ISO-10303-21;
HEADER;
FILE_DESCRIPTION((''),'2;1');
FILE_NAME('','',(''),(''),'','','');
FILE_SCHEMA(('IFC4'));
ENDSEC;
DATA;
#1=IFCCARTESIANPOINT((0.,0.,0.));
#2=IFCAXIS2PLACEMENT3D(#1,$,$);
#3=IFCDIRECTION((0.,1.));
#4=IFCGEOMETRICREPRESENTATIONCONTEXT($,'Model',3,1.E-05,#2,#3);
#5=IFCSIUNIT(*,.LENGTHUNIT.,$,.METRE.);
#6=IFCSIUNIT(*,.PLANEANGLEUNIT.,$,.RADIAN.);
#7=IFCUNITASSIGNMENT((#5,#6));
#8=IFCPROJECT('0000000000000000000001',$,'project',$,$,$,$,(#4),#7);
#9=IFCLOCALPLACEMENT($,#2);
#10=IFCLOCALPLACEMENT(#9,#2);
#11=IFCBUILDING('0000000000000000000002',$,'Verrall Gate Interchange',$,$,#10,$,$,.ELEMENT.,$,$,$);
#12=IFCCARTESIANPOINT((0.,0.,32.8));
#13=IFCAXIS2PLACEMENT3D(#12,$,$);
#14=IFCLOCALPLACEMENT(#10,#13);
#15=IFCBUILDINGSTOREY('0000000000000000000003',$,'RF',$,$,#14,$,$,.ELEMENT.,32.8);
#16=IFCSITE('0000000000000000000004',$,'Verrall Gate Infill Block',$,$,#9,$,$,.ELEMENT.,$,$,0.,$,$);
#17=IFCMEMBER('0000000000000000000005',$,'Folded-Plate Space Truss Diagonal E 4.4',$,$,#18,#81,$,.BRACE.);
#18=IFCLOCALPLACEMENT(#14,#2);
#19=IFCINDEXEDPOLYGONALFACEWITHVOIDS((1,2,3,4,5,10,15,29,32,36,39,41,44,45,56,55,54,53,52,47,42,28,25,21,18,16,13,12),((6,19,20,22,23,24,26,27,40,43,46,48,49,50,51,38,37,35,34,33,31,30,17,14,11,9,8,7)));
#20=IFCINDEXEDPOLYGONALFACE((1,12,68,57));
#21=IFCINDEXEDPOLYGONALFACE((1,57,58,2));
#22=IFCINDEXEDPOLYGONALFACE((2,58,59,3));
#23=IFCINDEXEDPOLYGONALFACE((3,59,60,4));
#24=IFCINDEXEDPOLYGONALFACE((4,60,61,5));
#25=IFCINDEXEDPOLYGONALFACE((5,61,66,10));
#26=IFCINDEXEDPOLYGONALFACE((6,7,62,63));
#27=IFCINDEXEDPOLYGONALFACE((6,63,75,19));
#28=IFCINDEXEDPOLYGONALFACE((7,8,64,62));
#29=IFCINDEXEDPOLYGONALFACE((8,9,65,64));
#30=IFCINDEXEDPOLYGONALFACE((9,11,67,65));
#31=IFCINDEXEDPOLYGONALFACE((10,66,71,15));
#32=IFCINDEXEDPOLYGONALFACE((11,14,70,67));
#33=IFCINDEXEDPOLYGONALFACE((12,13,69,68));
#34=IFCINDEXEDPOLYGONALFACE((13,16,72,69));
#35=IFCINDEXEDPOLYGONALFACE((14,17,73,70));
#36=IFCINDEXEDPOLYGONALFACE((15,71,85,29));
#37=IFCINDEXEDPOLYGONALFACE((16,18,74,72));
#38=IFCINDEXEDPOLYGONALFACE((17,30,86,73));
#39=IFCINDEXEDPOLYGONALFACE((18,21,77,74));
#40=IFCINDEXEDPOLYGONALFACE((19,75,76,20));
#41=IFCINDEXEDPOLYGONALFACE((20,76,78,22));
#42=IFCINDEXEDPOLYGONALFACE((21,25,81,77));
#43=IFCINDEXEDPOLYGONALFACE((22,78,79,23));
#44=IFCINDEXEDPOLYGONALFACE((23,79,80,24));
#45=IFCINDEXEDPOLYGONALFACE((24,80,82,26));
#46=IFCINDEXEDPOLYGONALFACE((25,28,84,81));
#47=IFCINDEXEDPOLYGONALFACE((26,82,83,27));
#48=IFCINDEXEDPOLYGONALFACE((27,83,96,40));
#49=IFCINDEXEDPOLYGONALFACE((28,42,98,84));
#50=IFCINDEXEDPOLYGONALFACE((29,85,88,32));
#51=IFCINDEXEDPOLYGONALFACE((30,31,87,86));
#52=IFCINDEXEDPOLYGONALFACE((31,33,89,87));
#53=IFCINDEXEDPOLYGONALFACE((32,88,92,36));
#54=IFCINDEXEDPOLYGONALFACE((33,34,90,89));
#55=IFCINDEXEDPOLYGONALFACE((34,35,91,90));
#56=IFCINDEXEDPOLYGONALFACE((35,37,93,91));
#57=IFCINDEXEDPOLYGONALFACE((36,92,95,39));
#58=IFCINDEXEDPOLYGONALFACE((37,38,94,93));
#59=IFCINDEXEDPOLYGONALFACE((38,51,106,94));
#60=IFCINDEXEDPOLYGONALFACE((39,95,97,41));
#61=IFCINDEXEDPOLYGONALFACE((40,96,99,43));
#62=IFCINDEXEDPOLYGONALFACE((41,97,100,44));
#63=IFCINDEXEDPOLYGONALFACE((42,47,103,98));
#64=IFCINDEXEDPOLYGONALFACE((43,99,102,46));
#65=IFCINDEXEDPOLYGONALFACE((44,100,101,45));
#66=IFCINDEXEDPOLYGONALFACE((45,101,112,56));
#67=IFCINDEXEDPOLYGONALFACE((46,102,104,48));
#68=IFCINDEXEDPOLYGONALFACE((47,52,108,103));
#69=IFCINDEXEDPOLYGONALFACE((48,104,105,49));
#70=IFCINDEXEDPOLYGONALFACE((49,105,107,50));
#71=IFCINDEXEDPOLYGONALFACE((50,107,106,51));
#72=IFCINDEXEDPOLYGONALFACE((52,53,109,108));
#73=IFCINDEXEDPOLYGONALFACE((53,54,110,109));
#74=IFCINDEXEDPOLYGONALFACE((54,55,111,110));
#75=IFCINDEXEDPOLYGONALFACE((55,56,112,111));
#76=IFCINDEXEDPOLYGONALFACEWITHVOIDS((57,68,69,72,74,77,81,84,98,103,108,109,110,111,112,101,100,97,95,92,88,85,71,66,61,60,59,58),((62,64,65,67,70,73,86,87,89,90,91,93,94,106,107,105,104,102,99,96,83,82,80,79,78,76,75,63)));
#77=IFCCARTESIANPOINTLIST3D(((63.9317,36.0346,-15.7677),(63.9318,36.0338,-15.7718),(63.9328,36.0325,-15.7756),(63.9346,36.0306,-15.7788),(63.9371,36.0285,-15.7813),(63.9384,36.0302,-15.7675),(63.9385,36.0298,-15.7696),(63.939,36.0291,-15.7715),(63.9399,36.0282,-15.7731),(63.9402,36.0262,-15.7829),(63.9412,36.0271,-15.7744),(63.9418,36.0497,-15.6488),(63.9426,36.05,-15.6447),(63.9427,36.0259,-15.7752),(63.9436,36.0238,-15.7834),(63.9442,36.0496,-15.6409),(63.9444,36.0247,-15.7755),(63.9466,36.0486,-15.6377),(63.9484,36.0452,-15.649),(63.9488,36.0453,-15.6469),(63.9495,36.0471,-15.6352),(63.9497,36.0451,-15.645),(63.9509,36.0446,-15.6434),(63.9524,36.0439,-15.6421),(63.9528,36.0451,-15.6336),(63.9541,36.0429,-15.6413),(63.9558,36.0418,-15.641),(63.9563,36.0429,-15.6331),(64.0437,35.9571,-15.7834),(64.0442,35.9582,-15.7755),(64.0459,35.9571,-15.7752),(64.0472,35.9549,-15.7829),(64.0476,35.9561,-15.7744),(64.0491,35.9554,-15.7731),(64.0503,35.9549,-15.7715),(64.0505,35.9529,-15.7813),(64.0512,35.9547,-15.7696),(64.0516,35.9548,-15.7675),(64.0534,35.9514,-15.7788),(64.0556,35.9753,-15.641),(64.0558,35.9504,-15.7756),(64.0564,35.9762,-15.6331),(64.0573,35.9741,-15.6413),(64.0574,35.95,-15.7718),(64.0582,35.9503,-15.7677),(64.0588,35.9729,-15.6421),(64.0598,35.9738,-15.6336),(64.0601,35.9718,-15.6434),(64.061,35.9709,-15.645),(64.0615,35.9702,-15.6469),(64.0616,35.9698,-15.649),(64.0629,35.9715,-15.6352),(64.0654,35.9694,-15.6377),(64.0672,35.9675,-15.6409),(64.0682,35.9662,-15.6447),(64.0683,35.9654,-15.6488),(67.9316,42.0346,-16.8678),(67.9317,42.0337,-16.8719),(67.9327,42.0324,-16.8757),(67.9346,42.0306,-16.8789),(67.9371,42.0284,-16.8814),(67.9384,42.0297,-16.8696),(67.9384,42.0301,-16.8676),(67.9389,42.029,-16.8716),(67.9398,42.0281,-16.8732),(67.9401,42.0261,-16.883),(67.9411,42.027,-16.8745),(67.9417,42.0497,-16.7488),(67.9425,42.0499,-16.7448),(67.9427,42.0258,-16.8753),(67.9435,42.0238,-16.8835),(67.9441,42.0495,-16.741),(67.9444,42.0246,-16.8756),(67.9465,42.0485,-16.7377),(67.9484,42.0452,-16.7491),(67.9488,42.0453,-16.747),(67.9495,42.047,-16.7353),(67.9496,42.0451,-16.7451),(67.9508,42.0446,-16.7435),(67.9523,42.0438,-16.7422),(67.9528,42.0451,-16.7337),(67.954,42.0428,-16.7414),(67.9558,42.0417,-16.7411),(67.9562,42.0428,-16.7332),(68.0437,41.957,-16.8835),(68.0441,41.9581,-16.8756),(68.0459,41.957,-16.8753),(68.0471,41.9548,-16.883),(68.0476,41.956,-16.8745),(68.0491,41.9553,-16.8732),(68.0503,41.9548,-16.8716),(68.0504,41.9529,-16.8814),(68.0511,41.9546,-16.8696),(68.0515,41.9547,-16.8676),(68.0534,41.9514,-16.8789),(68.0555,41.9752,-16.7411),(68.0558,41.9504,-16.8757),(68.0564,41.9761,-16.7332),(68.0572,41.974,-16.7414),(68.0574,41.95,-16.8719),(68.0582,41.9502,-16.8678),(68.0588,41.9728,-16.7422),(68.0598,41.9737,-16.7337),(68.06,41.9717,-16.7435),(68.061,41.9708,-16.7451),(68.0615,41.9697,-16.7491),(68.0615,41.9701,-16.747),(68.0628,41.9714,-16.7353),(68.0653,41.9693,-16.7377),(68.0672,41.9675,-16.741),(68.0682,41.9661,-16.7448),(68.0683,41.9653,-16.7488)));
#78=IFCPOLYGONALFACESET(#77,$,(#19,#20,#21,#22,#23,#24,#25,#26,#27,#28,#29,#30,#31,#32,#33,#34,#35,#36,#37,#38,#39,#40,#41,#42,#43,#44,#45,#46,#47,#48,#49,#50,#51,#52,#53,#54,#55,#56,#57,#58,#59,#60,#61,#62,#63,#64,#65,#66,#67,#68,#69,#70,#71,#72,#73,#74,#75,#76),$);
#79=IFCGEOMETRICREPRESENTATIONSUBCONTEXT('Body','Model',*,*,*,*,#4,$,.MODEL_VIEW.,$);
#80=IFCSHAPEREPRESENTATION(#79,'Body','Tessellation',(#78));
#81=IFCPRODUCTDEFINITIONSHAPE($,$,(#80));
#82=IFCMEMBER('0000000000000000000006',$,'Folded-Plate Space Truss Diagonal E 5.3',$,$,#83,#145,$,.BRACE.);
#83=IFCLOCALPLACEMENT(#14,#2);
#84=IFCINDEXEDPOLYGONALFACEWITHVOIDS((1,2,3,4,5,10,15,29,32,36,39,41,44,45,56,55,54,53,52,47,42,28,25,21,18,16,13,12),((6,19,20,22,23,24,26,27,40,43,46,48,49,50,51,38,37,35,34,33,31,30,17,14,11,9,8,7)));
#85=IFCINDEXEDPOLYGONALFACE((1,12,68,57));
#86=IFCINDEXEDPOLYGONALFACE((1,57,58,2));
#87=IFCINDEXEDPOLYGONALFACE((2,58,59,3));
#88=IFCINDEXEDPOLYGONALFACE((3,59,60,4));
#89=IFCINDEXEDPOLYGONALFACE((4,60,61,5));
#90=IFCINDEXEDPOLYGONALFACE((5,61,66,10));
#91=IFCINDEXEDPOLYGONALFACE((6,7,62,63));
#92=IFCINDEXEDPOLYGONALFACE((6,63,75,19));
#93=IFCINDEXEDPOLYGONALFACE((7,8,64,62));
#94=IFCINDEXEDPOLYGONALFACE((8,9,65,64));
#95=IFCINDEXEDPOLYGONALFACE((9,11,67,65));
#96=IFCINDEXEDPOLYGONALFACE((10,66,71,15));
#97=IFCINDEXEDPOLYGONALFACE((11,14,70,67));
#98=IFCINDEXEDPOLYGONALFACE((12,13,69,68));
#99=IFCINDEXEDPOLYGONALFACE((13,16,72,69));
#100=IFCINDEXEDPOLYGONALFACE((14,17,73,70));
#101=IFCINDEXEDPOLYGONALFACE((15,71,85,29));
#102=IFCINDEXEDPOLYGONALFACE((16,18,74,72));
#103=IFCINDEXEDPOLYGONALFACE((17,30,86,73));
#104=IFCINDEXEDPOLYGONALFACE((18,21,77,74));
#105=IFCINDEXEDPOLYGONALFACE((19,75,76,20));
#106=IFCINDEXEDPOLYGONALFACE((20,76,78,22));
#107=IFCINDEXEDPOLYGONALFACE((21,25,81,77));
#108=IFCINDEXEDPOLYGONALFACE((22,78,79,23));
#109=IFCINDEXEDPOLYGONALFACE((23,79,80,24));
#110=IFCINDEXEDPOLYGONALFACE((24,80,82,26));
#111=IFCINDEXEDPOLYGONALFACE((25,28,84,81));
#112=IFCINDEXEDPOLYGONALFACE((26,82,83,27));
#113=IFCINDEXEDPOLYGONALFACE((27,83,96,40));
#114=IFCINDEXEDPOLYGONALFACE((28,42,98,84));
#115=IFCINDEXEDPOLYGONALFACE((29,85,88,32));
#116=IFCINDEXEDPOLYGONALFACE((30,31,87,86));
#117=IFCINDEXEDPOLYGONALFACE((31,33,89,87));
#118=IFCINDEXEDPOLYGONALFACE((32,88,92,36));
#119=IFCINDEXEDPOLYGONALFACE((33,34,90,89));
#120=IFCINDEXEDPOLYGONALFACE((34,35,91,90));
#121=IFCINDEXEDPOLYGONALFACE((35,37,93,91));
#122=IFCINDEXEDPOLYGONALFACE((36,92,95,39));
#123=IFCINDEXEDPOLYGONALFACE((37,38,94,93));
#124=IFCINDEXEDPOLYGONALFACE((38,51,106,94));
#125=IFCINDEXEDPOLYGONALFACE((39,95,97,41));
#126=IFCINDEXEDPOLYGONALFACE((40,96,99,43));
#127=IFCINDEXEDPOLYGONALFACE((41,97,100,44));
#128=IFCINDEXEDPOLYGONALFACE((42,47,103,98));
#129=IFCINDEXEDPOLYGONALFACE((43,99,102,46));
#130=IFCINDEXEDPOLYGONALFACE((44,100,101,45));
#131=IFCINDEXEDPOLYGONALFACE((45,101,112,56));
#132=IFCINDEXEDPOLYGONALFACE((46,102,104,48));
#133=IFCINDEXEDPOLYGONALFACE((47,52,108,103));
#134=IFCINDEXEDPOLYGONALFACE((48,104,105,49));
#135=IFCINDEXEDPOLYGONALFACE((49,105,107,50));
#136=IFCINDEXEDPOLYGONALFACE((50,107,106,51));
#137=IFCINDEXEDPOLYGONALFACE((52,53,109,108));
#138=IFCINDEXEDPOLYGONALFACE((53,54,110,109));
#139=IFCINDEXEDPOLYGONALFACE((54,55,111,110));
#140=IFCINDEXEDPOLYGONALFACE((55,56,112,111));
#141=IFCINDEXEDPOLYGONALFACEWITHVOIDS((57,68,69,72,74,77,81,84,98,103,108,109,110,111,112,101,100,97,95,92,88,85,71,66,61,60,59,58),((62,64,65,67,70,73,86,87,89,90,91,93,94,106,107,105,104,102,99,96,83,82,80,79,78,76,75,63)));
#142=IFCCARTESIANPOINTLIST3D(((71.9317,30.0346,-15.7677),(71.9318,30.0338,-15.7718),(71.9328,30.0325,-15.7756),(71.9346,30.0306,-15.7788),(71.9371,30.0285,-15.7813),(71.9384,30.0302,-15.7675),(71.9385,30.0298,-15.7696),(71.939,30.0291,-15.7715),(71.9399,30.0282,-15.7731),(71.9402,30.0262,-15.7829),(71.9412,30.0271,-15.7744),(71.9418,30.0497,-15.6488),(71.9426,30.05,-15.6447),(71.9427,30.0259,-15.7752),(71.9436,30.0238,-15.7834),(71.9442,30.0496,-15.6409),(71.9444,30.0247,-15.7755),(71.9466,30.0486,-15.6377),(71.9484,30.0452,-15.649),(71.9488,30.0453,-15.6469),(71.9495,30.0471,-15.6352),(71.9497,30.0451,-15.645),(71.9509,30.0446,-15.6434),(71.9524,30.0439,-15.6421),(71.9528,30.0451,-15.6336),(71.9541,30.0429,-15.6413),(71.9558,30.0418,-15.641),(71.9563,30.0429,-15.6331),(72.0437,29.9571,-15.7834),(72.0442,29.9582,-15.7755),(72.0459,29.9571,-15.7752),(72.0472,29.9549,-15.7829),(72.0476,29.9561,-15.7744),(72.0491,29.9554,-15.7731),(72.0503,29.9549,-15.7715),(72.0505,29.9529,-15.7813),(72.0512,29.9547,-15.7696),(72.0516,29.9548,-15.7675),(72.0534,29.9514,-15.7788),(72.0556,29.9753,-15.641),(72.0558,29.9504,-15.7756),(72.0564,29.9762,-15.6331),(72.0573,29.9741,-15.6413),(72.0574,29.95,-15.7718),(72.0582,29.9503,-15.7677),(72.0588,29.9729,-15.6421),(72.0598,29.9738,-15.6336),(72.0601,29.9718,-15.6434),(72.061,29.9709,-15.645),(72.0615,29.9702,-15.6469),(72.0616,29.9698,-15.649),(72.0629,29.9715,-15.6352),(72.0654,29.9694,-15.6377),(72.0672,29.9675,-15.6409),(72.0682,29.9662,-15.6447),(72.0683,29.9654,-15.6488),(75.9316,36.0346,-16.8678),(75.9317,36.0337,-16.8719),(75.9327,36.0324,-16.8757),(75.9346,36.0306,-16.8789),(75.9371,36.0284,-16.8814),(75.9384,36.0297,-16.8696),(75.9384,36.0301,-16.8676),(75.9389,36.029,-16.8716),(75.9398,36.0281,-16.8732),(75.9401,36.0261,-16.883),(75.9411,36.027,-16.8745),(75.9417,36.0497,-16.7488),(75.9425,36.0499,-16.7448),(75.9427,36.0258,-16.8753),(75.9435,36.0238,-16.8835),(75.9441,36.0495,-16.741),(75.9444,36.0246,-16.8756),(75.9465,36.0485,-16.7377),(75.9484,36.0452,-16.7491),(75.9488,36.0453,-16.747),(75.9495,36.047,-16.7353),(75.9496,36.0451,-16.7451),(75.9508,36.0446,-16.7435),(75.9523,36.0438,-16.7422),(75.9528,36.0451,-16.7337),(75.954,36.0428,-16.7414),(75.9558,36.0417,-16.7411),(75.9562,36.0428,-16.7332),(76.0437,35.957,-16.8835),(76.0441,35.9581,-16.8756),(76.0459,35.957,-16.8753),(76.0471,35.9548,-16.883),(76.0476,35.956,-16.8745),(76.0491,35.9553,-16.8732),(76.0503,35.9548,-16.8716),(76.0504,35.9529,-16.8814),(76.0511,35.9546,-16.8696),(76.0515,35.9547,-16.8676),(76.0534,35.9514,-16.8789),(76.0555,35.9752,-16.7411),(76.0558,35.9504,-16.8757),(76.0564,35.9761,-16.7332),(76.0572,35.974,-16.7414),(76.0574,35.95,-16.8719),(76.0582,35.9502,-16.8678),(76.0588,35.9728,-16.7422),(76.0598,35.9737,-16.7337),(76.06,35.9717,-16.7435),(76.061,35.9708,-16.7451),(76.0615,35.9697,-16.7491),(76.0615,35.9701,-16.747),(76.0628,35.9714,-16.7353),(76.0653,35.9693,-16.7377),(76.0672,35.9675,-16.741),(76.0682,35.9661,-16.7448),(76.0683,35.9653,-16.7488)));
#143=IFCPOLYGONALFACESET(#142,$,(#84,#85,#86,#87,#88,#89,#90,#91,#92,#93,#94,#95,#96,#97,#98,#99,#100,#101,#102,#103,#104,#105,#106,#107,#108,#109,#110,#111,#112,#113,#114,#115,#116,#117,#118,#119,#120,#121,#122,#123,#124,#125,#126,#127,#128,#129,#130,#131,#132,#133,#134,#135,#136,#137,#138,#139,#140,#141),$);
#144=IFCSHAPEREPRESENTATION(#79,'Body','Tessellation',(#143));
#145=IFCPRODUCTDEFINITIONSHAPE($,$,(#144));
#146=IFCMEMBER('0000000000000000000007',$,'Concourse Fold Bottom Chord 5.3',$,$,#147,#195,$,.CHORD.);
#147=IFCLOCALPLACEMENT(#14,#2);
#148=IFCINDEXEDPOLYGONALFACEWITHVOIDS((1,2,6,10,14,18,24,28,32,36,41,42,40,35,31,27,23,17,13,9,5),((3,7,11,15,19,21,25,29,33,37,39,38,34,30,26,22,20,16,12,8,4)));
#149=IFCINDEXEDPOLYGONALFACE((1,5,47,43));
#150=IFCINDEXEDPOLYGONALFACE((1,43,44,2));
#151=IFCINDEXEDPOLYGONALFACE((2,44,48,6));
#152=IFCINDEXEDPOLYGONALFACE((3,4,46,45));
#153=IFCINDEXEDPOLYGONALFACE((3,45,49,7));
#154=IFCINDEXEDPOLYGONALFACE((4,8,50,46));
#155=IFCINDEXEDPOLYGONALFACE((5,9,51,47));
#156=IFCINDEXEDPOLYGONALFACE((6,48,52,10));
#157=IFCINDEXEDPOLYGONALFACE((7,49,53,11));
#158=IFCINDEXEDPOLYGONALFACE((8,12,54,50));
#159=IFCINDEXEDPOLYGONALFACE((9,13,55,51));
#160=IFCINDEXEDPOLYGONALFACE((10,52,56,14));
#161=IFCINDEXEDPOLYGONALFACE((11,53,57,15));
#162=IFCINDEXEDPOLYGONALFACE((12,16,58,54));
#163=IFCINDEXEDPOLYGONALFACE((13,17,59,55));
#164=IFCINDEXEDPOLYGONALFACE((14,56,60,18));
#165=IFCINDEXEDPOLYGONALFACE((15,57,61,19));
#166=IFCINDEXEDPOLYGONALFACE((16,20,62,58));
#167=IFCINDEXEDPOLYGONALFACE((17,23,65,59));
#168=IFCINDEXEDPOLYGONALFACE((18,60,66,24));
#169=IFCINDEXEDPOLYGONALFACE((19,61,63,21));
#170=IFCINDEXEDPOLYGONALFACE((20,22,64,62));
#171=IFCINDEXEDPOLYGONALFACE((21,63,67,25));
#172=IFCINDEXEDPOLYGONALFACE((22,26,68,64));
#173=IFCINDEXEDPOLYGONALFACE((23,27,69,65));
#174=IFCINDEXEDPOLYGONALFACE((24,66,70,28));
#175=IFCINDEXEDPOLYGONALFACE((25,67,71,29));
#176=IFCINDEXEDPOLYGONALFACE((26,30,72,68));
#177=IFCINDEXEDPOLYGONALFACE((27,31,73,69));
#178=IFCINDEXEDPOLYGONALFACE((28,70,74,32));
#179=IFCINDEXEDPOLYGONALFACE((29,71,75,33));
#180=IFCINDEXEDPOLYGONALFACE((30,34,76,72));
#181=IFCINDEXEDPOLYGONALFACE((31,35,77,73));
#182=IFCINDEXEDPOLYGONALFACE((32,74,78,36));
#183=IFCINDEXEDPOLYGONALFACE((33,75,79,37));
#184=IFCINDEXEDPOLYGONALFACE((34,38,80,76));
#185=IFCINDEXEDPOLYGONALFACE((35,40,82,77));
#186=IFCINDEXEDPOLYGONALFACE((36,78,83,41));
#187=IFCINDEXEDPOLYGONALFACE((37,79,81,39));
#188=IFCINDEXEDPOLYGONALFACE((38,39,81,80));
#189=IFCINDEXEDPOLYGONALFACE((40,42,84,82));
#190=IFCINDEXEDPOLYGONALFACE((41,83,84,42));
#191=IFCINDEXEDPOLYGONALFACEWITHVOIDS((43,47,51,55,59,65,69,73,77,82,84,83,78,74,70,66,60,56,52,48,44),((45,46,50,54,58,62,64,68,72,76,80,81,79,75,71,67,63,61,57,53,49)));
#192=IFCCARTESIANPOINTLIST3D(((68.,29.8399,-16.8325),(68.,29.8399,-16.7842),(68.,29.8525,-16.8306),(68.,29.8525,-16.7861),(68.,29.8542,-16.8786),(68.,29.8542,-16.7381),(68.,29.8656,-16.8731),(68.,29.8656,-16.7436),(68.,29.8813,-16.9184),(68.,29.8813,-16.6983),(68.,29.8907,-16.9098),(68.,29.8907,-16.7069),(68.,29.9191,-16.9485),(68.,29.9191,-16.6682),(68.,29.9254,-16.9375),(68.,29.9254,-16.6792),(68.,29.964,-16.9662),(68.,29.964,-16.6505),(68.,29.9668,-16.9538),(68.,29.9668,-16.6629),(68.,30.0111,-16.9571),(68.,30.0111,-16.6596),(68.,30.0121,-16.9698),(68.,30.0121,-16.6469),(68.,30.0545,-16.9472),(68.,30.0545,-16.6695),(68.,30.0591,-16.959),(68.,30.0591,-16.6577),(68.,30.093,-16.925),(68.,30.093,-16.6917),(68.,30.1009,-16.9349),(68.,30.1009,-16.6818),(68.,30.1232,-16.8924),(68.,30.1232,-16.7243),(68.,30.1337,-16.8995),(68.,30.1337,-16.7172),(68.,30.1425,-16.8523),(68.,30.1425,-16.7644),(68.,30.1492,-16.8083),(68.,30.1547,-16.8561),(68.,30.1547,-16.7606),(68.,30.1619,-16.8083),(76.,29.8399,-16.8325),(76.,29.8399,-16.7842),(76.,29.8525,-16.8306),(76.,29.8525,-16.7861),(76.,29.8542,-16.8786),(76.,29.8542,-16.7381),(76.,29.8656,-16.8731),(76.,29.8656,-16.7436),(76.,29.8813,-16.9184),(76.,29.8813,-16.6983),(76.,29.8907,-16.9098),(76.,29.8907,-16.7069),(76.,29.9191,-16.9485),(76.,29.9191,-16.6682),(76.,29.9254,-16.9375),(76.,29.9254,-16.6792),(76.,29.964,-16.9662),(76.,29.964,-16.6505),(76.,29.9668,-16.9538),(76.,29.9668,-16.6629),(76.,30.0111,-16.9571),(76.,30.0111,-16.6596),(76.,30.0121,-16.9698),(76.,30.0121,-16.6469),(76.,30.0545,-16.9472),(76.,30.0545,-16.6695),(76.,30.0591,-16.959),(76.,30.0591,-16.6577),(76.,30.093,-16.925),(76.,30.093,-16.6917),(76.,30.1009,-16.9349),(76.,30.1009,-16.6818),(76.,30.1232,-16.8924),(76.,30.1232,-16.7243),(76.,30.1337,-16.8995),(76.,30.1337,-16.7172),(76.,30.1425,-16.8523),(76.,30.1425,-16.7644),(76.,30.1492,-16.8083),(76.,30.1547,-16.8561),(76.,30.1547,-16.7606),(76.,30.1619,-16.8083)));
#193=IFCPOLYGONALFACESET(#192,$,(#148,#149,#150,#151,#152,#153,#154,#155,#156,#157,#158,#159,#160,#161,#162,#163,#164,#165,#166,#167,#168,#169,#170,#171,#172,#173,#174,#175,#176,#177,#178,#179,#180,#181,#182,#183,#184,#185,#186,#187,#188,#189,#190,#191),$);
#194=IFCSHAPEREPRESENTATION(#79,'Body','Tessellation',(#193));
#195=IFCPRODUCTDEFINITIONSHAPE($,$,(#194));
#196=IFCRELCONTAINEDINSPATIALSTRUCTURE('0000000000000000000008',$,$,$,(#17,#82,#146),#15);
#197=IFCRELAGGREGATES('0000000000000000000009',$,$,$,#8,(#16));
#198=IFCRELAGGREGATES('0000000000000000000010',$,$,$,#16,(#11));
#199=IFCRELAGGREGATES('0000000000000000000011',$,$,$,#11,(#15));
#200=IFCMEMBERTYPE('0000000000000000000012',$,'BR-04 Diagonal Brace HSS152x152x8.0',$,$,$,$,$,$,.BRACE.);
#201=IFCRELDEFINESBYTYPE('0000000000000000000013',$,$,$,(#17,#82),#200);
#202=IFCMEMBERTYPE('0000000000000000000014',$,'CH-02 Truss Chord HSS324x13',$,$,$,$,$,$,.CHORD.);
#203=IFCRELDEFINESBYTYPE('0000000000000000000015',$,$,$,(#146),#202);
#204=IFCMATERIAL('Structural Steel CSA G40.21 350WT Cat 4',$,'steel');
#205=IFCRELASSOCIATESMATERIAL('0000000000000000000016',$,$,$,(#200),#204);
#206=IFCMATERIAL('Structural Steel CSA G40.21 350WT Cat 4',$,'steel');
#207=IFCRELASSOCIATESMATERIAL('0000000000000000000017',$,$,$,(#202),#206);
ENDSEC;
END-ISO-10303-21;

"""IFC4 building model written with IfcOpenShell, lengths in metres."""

from ifc_helpers import new_model, si_unit, direction, frame, origin, origin_2d, place, context, subcontext, project, spatial, hollow_rectangle, hollow_circle, extrude, material, material_profile, profile_set, type_object, element, save


model = new_model("IFC4")

# Units and contexts
model_context = context("Model", 3, precision=1e-05, world=origin(), true_north=direction((0.0, 1.0)))
body_context = subcontext(model_context, "Body", "Model", "MODEL_VIEW")
ifc_project = project(units=[si_unit("LENGTHUNIT", "METRE"), si_unit("PLANEANGLEUNIT", "RADIAN")], contexts=[model_context])

# Site, building, storey
site_placement = place(None, origin())
site = spatial("IfcSite", under=ifc_project, at=site_placement, Name="Verrall Gate Infill Block", CompositionType="ELEMENT", RefElevation=0.0)
building_placement = place(site_placement, origin())
building = spatial("IfcBuilding", under=site, at=building_placement, Name="Verrall Gate Interchange", CompositionType="ELEMENT")
storey_placement = place(building_placement, frame((0.0, 0.0, 32.8)))
storey = spatial("IfcBuildingStorey", under=building, at=storey_placement, Name="RF", CompositionType="ELEMENT", Elevation=32.8)

# Members
ifc_material_1 = material(Name="Structural Steel CSA G40.21 350WT Cat 4", Category="steel")
ifc_material_profile_1 = material_profile(ifc_material_1, hollow_rectangle(XDim=0.1521, YDim=0.1521, WallThickness=0.0081, InnerFilletRadius=0.0081, OuterFilletRadius=0.0159, at=origin_2d()), Name="HSS152x152x8.0")
ifc_profile_set_1 = profile_set([ifc_material_profile_1], Name="Structural Steel CSA G40.21 350WT Cat 4")
member_type_1 = type_object("IfcMemberType", Name="BR-04 Diagonal Brace HSS152x152x8.0", PredefinedType="BRACE", material=ifc_profile_set_1)
for number, where, z_axis, x_axis, name in (
    (1, (64.0, 36.0, -15.7083), (0.548356, 0.822534, -0.150811), (-0.83205, 0.5547, 0.0), "Folded-Plate Space Truss Diagonal E 4.4"),
    (2, (72.0, 30.0, -15.7083), (0.548356, 0.822534, -0.150811), (-0.83205, 0.5547, 0.0), "Folded-Plate Space Truss Diagonal E 5.3"),
):
    element("IfcMember", number, at=place(storey_placement, frame(where, z_axis=z_axis, x_axis=x_axis)), inside=storey, type_object=member_type_1, Name=name, PredefinedType="BRACE", context=body_context, shape_type="SweptSolid", body=[
        extrude(hollow_rectangle(XDim=0.1521, YDim=0.1521, WallThickness=0.0081, InnerFilletRadius=0.0081, OuterFilletRadius=0.0159, at=origin_2d()), origin(), (0.0, 0.0, 1.0), 7.2944),
    ])
ifc_material_2 = material(Name="Structural Steel CSA G40.21 350WT Cat 4", Category="steel")
ifc_material_profile_2 = material_profile(ifc_material_2, hollow_circle(Radius=0.1619, WallThickness=0.0127, at=origin_2d()), Name="HSS324x13")
ifc_profile_set_2 = profile_set([ifc_material_profile_2], Name="Structural Steel CSA G40.21 350WT Cat 4")
member_type_2 = type_object("IfcMemberType", Name="CH-02 Truss Chord HSS324x13", PredefinedType="CHORD", material=ifc_profile_set_2)
member_placement = place(storey_placement, frame((68.0, 30.0, -16.8083), z_axis=(1.0, 0.0, 0.0), x_axis=(0.0, 1.0, 0.0)))
element("IfcMember", 3, at=member_placement, inside=storey, type_object=member_type_2, Name="Concourse Fold Bottom Chord 5.3", PredefinedType="CHORD", context=body_context, shape_type="SweptSolid", body=[
    extrude(hollow_circle(Radius=0.1619, WallThickness=0.0127, at=origin_2d()), origin(), (0.0, 0.0, 1.0), 8.0),
])

save(model, "model.ifc")
